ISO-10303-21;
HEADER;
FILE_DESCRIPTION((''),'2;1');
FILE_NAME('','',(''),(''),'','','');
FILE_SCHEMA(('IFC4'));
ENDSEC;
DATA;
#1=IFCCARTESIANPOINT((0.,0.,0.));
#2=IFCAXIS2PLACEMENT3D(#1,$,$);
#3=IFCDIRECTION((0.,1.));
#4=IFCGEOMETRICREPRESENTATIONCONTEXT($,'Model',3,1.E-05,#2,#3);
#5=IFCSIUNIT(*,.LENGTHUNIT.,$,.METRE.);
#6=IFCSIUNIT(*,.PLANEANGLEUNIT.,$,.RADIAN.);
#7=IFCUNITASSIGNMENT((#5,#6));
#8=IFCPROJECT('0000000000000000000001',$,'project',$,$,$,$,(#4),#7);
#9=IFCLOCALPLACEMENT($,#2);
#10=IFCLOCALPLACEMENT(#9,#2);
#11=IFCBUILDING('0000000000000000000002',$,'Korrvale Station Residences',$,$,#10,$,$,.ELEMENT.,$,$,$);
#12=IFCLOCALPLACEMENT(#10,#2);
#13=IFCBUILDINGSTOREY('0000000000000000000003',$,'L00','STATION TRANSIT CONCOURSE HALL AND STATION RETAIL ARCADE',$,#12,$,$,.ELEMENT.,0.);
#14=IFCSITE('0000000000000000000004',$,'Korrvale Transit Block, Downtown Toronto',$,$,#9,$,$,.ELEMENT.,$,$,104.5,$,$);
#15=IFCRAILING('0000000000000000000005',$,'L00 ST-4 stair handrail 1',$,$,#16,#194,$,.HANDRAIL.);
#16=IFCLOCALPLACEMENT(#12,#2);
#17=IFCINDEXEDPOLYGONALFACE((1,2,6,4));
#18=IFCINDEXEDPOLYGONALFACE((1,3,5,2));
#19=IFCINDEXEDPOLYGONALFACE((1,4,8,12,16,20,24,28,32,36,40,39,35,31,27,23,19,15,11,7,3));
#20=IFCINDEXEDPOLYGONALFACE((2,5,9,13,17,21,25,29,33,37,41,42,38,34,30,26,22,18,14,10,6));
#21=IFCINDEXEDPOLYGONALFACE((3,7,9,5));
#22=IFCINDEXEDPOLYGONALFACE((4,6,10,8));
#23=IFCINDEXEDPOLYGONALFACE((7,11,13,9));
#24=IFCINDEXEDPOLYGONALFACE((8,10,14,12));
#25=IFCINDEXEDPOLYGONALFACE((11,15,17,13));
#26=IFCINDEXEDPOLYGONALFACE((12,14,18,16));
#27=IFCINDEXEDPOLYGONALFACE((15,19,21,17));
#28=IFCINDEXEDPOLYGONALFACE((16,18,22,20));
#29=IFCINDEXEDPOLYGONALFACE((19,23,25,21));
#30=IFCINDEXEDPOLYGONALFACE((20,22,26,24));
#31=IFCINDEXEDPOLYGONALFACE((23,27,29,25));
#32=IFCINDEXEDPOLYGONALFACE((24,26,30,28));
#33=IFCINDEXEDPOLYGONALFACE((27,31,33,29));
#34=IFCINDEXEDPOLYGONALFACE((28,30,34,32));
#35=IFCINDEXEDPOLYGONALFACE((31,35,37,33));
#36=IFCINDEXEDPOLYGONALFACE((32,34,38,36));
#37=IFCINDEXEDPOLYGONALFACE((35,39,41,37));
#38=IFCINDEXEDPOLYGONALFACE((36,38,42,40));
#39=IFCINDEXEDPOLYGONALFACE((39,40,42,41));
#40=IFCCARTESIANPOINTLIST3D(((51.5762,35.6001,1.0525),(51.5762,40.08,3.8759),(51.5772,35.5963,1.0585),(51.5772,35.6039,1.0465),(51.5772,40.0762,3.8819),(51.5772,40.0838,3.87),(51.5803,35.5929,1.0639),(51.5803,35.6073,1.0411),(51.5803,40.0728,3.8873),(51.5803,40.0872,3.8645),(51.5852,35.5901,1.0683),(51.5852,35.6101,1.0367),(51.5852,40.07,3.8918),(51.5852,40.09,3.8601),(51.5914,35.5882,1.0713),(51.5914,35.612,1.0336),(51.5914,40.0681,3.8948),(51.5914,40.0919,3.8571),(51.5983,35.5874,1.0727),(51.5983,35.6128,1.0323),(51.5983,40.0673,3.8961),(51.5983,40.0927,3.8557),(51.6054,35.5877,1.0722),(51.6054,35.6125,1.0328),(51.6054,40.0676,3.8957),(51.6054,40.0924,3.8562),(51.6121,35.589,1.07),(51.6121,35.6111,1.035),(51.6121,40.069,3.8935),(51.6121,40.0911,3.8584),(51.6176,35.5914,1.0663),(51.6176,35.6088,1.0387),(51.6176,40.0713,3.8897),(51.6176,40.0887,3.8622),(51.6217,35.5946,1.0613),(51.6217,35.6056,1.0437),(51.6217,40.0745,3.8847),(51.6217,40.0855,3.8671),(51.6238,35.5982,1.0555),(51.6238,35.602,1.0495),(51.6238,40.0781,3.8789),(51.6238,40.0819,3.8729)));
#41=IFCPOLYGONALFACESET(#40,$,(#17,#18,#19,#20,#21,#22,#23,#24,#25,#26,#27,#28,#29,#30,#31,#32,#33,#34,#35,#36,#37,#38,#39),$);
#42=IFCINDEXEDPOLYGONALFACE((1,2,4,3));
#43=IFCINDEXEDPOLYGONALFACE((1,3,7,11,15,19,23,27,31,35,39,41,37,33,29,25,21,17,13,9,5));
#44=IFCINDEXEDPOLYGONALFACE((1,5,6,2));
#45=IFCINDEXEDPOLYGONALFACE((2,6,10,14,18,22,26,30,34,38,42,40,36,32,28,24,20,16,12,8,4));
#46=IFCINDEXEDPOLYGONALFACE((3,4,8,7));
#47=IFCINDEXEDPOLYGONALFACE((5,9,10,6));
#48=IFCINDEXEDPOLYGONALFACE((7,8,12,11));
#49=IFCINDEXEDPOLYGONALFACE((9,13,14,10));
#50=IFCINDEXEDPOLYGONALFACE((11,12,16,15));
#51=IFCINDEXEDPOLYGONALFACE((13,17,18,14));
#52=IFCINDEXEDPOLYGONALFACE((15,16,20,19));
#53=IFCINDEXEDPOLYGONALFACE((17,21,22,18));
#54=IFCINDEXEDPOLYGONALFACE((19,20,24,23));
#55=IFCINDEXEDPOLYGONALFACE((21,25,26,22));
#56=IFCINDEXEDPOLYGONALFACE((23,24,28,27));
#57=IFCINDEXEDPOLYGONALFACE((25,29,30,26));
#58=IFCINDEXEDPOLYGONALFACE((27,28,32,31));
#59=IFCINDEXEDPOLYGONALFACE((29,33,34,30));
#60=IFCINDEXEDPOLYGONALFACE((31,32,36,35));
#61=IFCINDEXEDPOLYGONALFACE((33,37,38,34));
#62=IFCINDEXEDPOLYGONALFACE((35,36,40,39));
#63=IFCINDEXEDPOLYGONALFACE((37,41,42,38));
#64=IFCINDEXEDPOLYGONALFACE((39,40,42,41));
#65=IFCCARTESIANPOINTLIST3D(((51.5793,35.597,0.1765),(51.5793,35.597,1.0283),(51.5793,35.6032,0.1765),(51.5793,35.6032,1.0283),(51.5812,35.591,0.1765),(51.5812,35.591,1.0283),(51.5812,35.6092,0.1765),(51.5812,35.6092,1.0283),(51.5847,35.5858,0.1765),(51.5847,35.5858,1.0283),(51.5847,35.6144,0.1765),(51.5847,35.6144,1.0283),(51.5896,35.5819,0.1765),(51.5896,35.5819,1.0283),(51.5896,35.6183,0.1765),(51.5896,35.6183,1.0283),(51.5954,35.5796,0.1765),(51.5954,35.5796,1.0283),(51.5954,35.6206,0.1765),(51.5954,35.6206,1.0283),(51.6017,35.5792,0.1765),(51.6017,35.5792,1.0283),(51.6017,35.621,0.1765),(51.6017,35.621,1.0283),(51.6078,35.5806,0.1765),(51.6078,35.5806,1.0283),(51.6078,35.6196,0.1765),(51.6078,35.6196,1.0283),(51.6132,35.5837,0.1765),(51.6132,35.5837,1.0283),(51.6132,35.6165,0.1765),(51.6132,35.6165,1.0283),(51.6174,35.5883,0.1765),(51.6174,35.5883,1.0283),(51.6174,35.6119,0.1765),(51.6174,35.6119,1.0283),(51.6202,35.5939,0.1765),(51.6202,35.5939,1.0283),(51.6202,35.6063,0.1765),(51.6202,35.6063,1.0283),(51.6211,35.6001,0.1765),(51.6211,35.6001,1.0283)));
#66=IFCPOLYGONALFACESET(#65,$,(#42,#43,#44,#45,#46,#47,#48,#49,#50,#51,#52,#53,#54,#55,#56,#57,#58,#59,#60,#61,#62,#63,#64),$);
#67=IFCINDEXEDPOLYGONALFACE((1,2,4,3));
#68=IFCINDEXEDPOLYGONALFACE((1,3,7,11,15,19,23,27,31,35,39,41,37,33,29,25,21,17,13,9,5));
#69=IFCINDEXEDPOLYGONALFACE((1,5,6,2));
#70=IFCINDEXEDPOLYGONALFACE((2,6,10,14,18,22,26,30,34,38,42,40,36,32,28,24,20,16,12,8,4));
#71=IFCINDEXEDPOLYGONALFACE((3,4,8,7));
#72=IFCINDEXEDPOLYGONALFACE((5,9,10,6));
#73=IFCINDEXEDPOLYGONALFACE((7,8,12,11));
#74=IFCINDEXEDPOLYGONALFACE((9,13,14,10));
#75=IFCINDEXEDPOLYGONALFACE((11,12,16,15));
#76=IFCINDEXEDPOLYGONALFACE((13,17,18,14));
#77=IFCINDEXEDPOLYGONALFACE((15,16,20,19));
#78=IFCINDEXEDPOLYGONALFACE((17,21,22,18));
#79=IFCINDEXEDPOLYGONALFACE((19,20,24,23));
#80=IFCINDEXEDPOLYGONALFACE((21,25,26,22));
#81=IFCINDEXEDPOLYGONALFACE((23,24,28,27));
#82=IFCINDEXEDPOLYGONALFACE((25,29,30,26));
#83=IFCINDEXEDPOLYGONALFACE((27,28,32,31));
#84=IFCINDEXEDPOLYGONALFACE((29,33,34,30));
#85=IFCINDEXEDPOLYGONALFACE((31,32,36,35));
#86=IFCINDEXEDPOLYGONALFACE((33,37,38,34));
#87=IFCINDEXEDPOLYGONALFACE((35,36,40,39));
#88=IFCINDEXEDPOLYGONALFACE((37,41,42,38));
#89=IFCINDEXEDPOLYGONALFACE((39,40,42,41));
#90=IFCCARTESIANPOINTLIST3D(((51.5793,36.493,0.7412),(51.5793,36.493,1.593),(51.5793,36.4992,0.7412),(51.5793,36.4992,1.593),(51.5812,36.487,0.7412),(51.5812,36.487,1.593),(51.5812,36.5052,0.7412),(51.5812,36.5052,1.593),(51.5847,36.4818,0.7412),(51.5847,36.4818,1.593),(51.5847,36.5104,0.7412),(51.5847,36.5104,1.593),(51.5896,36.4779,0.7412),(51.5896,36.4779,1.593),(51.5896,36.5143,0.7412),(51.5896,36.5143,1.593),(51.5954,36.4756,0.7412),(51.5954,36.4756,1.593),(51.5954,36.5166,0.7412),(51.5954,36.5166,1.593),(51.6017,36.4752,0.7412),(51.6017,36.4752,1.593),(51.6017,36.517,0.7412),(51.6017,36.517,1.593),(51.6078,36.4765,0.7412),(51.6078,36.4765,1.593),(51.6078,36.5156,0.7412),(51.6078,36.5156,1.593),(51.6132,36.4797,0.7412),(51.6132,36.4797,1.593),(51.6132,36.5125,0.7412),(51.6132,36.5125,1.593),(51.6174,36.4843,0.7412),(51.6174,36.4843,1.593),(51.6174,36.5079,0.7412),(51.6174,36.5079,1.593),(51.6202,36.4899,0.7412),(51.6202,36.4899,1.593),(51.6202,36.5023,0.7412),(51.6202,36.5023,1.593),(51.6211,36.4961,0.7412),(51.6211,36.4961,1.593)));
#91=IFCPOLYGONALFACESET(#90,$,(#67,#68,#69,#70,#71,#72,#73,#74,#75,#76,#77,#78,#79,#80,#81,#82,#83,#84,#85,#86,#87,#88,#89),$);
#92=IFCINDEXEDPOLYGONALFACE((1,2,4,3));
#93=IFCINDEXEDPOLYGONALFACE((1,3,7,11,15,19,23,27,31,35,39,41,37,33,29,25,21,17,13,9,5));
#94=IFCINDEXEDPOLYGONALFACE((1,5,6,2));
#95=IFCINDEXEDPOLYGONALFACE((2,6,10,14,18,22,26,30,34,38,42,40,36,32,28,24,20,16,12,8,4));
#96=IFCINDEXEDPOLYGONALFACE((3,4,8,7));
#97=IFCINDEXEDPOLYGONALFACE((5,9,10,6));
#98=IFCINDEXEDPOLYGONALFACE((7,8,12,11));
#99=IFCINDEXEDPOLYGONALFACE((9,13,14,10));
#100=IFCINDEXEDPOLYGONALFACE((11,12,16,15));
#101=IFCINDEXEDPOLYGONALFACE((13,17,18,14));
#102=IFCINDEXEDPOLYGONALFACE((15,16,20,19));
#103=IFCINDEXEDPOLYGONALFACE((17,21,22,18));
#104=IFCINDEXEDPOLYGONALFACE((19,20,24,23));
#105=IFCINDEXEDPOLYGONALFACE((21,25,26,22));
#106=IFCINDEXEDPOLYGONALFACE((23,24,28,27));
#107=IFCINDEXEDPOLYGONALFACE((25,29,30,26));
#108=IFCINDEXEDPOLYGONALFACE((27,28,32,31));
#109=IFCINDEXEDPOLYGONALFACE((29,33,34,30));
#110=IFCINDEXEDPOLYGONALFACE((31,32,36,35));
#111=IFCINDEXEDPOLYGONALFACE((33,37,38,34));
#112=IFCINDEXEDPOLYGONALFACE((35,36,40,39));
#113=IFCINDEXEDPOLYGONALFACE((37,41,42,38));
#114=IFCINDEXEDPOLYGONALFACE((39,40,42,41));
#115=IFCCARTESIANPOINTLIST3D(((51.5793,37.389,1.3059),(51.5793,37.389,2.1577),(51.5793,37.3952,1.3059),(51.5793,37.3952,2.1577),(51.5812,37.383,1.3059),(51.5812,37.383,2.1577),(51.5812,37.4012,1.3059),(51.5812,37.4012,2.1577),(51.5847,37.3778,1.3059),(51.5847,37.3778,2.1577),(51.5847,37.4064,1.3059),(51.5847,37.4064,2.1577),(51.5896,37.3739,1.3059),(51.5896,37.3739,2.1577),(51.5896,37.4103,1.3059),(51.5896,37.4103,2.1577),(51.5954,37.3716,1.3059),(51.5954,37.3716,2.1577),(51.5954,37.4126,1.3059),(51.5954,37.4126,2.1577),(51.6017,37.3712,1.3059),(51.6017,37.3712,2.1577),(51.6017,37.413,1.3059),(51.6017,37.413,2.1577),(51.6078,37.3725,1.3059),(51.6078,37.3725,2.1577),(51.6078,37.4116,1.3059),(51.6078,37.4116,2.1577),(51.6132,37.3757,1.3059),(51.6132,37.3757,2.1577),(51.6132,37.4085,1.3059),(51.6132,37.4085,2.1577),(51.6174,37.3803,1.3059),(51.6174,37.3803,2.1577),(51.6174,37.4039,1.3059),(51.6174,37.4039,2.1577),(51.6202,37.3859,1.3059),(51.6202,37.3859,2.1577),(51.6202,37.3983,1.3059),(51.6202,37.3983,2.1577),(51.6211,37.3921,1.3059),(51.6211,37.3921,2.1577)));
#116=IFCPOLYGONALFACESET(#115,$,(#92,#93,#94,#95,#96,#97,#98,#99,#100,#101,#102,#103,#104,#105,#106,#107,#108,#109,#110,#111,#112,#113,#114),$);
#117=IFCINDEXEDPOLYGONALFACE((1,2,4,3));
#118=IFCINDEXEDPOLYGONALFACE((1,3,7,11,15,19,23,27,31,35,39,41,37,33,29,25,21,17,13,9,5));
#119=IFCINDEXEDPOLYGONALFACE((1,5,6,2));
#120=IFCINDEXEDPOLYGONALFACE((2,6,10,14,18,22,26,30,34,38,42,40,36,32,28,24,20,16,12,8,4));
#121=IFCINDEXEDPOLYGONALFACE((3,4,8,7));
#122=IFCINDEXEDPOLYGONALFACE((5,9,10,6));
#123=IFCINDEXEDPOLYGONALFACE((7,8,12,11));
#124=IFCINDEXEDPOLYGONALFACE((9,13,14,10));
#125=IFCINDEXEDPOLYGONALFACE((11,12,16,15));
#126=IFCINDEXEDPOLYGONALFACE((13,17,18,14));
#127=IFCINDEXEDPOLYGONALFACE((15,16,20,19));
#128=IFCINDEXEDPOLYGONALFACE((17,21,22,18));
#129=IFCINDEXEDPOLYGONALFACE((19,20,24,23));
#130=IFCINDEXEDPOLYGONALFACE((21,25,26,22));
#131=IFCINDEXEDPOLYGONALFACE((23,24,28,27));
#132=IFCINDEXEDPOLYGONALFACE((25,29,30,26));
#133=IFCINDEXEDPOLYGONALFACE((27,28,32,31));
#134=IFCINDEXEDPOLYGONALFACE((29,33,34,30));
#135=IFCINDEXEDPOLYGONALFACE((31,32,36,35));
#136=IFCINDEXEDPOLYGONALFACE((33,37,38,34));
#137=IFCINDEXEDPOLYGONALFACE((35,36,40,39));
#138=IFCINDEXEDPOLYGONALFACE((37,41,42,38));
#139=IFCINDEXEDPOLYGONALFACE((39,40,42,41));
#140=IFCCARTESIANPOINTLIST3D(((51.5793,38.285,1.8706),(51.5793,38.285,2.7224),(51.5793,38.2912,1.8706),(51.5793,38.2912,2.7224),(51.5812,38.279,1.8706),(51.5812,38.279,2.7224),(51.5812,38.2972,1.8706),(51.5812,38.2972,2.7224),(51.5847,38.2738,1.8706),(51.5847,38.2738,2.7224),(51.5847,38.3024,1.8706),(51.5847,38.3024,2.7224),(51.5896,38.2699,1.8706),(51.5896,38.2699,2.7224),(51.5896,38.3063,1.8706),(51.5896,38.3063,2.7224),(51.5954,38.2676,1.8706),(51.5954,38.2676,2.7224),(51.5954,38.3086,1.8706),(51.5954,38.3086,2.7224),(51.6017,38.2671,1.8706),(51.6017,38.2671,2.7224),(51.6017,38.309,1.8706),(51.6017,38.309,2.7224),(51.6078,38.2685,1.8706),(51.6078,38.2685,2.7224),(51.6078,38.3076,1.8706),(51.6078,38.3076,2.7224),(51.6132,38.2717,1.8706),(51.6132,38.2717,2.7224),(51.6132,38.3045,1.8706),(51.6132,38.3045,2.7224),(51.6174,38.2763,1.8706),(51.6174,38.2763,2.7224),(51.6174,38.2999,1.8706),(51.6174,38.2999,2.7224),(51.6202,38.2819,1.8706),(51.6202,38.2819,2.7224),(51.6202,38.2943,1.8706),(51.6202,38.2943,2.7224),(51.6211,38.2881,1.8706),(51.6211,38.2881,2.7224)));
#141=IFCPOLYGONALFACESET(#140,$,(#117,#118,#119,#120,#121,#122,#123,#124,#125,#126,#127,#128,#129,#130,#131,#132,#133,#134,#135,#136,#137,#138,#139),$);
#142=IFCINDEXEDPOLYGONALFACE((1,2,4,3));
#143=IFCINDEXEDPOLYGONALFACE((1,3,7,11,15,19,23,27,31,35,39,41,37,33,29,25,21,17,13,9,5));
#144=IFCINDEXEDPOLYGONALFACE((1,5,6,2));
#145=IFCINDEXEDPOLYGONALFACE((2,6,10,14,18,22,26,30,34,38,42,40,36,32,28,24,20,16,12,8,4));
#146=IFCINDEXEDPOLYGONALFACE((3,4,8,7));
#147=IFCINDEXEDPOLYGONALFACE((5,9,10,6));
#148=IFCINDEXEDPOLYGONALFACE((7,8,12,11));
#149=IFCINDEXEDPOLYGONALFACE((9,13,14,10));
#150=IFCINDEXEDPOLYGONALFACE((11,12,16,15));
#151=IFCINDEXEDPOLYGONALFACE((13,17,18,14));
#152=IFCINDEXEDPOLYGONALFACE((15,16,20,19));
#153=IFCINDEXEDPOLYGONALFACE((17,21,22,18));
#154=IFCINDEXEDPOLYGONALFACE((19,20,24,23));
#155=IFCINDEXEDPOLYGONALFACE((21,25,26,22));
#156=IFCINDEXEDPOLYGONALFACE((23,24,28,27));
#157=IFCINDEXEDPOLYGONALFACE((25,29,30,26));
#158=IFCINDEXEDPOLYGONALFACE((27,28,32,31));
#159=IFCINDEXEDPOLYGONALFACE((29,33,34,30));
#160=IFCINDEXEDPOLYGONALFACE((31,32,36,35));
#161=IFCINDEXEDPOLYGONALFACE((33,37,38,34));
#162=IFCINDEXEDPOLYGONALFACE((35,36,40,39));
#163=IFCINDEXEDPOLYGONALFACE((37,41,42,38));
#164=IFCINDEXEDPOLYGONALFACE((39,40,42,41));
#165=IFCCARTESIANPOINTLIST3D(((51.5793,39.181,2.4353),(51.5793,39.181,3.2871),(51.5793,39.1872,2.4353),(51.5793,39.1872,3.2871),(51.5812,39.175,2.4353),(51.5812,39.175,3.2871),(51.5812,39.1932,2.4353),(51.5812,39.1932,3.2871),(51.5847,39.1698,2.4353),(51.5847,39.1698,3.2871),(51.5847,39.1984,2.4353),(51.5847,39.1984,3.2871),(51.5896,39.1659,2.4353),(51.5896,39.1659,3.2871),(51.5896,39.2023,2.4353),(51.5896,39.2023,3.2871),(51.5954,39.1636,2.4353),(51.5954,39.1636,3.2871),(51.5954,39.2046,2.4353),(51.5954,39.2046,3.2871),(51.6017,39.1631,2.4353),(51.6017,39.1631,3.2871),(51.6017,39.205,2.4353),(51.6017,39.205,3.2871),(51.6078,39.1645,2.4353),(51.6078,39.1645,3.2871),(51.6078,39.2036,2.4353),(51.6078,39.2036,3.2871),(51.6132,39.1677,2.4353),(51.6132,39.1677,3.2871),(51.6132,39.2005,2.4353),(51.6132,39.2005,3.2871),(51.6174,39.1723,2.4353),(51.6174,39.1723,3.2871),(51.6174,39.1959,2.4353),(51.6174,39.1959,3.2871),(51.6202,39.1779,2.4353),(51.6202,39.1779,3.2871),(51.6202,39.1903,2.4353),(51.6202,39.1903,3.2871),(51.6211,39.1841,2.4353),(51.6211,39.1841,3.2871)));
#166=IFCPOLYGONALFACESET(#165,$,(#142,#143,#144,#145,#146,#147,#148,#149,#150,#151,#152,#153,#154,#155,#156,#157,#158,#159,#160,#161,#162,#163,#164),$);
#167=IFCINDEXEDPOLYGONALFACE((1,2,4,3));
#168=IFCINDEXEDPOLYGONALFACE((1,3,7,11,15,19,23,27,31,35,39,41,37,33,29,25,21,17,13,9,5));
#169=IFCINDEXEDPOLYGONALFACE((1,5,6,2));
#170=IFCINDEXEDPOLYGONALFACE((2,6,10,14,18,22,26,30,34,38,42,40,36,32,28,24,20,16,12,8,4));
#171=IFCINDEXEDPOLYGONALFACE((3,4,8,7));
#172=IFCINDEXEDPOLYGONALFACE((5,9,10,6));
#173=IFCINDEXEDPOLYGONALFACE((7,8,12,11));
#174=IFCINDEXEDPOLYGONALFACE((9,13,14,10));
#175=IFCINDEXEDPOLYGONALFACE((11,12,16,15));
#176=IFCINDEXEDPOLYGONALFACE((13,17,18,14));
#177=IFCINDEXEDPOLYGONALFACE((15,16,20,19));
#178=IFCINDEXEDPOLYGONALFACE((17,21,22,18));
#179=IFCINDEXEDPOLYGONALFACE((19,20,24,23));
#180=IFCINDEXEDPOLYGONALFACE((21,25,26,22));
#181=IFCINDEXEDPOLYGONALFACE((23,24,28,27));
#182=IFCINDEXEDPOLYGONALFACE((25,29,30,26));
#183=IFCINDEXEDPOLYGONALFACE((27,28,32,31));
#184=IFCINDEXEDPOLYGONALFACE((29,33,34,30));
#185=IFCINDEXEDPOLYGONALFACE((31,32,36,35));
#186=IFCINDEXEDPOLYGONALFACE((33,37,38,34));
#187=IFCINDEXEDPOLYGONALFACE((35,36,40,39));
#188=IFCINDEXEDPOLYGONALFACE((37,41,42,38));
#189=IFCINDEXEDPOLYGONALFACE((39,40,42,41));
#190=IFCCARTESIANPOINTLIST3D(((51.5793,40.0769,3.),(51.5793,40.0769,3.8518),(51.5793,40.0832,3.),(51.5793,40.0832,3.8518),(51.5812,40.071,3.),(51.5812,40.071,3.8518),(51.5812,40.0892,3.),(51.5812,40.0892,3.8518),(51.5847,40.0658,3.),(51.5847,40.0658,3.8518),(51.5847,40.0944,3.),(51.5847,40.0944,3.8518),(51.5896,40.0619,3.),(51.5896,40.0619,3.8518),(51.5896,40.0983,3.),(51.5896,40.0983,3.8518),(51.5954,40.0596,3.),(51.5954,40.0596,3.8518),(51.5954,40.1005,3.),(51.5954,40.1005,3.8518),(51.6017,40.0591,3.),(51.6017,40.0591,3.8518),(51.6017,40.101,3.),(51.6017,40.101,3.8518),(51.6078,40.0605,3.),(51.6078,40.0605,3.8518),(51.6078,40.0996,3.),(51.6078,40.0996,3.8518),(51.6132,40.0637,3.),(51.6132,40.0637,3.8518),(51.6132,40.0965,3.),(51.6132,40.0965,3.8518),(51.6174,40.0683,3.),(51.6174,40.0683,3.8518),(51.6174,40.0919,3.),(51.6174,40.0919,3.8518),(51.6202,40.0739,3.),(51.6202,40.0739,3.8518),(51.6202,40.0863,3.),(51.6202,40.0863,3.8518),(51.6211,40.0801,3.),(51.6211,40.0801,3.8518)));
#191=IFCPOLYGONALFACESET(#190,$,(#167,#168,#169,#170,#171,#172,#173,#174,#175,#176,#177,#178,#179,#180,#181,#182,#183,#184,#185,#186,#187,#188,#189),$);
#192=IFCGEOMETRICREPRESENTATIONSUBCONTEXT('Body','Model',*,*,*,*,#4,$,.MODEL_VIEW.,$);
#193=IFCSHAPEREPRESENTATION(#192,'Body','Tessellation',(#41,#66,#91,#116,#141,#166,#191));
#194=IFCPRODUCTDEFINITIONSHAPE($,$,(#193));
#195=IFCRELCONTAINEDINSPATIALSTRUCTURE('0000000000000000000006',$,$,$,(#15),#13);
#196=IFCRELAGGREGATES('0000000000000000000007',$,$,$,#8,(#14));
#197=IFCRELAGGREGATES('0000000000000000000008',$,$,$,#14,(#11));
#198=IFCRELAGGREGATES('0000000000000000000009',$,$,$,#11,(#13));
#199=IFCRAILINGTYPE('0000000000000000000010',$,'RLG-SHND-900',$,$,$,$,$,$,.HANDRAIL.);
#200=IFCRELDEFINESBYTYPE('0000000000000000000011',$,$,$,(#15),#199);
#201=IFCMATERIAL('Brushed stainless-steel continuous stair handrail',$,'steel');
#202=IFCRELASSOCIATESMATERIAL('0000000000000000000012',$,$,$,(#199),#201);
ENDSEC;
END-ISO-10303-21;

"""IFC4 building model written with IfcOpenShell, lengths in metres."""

from ifc_helpers import new_model, si_unit, direction, frame, origin, origin_2d, place, context, subcontext, project, spatial, circle, extrude, material, type_object, element, save


model = new_model("IFC4")

# Units and contexts
model_context = context("Model", 3, precision=1e-05, world=origin(), true_north=direction((0.0, 1.0)))
body_context = subcontext(model_context, "Body", "Model", "MODEL_VIEW")
ifc_project = project(units=[si_unit("LENGTHUNIT", "METRE"), si_unit("PLANEANGLEUNIT", "RADIAN")], contexts=[model_context])

# Site, building, storey
site_placement = place(None, origin())
site = spatial("IfcSite", under=ifc_project, at=site_placement, Name="Korrvale Transit Block, Downtown Toronto", CompositionType="ELEMENT", RefElevation=104.5)
building_placement = place(site_placement, origin())
building = spatial("IfcBuilding", under=site, at=building_placement, Name="Korrvale Station Residences", CompositionType="ELEMENT")
storey_placement = place(building_placement, origin())
storey = spatial("IfcBuildingStorey", under=building, at=storey_placement, Name="L00", Description="STATION TRANSIT CONCOURSE HALL AND STATION RETAIL ARCADE", CompositionType="ELEMENT", Elevation=0.0)

# Railing
ifc_material_1 = material(Name="Brushed stainless-steel continuous stair handrail", Category="steel")
railing_type_1 = type_object("IfcRailingType", Name="RLG-SHND-900", PredefinedType="HANDRAIL", material=ifc_material_1)
railing_1_placement = place(storey_placement, frame((51.6001, 35.6001, 0.1765)))
element("IfcRailing", 1, at=railing_1_placement, inside=storey, type_object=railing_type_1, Name="L00 ST-4 stair handrail 1", PredefinedType="HANDRAIL", context=body_context, shape_type="SweptSolid", body=[
    extrude(circle(Radius=0.0239, at=origin_2d()), frame((0.0, 0.0, 0.876), z_axis=(0.0, 0.845998, 0.533186), x_axis=(-1.0, 0.0, 0.0)), (0.0, 0.0, 1.0), 5.2954),
    extrude(circle(Radius=0.021, at=origin_2d()), origin(), (0.0, 0.0, 1.0), 0.8518),
    extrude(circle(Radius=0.021, at=origin_2d()), frame((0.0, 0.896, 0.5647)), (0.0, 0.0, 1.0), 0.8518),
    extrude(circle(Radius=0.021, at=origin_2d()), frame((0.0, 1.792, 1.1294)), (0.0, 0.0, 1.0), 0.8518),
    extrude(circle(Radius=0.021, at=origin_2d()), frame((0.0, 2.688, 1.6941)), (0.0, 0.0, 1.0), 0.8518),
    extrude(circle(Radius=0.021, at=origin_2d()), frame((0.0, 3.584, 2.2588)), (0.0, 0.0, 1.0), 0.8518),
    extrude(circle(Radius=0.021, at=origin_2d()), frame((0.0, 4.48, 2.8235)), (0.0, 0.0, 1.0), 0.8518),
])

save(model, "model.ifc")
